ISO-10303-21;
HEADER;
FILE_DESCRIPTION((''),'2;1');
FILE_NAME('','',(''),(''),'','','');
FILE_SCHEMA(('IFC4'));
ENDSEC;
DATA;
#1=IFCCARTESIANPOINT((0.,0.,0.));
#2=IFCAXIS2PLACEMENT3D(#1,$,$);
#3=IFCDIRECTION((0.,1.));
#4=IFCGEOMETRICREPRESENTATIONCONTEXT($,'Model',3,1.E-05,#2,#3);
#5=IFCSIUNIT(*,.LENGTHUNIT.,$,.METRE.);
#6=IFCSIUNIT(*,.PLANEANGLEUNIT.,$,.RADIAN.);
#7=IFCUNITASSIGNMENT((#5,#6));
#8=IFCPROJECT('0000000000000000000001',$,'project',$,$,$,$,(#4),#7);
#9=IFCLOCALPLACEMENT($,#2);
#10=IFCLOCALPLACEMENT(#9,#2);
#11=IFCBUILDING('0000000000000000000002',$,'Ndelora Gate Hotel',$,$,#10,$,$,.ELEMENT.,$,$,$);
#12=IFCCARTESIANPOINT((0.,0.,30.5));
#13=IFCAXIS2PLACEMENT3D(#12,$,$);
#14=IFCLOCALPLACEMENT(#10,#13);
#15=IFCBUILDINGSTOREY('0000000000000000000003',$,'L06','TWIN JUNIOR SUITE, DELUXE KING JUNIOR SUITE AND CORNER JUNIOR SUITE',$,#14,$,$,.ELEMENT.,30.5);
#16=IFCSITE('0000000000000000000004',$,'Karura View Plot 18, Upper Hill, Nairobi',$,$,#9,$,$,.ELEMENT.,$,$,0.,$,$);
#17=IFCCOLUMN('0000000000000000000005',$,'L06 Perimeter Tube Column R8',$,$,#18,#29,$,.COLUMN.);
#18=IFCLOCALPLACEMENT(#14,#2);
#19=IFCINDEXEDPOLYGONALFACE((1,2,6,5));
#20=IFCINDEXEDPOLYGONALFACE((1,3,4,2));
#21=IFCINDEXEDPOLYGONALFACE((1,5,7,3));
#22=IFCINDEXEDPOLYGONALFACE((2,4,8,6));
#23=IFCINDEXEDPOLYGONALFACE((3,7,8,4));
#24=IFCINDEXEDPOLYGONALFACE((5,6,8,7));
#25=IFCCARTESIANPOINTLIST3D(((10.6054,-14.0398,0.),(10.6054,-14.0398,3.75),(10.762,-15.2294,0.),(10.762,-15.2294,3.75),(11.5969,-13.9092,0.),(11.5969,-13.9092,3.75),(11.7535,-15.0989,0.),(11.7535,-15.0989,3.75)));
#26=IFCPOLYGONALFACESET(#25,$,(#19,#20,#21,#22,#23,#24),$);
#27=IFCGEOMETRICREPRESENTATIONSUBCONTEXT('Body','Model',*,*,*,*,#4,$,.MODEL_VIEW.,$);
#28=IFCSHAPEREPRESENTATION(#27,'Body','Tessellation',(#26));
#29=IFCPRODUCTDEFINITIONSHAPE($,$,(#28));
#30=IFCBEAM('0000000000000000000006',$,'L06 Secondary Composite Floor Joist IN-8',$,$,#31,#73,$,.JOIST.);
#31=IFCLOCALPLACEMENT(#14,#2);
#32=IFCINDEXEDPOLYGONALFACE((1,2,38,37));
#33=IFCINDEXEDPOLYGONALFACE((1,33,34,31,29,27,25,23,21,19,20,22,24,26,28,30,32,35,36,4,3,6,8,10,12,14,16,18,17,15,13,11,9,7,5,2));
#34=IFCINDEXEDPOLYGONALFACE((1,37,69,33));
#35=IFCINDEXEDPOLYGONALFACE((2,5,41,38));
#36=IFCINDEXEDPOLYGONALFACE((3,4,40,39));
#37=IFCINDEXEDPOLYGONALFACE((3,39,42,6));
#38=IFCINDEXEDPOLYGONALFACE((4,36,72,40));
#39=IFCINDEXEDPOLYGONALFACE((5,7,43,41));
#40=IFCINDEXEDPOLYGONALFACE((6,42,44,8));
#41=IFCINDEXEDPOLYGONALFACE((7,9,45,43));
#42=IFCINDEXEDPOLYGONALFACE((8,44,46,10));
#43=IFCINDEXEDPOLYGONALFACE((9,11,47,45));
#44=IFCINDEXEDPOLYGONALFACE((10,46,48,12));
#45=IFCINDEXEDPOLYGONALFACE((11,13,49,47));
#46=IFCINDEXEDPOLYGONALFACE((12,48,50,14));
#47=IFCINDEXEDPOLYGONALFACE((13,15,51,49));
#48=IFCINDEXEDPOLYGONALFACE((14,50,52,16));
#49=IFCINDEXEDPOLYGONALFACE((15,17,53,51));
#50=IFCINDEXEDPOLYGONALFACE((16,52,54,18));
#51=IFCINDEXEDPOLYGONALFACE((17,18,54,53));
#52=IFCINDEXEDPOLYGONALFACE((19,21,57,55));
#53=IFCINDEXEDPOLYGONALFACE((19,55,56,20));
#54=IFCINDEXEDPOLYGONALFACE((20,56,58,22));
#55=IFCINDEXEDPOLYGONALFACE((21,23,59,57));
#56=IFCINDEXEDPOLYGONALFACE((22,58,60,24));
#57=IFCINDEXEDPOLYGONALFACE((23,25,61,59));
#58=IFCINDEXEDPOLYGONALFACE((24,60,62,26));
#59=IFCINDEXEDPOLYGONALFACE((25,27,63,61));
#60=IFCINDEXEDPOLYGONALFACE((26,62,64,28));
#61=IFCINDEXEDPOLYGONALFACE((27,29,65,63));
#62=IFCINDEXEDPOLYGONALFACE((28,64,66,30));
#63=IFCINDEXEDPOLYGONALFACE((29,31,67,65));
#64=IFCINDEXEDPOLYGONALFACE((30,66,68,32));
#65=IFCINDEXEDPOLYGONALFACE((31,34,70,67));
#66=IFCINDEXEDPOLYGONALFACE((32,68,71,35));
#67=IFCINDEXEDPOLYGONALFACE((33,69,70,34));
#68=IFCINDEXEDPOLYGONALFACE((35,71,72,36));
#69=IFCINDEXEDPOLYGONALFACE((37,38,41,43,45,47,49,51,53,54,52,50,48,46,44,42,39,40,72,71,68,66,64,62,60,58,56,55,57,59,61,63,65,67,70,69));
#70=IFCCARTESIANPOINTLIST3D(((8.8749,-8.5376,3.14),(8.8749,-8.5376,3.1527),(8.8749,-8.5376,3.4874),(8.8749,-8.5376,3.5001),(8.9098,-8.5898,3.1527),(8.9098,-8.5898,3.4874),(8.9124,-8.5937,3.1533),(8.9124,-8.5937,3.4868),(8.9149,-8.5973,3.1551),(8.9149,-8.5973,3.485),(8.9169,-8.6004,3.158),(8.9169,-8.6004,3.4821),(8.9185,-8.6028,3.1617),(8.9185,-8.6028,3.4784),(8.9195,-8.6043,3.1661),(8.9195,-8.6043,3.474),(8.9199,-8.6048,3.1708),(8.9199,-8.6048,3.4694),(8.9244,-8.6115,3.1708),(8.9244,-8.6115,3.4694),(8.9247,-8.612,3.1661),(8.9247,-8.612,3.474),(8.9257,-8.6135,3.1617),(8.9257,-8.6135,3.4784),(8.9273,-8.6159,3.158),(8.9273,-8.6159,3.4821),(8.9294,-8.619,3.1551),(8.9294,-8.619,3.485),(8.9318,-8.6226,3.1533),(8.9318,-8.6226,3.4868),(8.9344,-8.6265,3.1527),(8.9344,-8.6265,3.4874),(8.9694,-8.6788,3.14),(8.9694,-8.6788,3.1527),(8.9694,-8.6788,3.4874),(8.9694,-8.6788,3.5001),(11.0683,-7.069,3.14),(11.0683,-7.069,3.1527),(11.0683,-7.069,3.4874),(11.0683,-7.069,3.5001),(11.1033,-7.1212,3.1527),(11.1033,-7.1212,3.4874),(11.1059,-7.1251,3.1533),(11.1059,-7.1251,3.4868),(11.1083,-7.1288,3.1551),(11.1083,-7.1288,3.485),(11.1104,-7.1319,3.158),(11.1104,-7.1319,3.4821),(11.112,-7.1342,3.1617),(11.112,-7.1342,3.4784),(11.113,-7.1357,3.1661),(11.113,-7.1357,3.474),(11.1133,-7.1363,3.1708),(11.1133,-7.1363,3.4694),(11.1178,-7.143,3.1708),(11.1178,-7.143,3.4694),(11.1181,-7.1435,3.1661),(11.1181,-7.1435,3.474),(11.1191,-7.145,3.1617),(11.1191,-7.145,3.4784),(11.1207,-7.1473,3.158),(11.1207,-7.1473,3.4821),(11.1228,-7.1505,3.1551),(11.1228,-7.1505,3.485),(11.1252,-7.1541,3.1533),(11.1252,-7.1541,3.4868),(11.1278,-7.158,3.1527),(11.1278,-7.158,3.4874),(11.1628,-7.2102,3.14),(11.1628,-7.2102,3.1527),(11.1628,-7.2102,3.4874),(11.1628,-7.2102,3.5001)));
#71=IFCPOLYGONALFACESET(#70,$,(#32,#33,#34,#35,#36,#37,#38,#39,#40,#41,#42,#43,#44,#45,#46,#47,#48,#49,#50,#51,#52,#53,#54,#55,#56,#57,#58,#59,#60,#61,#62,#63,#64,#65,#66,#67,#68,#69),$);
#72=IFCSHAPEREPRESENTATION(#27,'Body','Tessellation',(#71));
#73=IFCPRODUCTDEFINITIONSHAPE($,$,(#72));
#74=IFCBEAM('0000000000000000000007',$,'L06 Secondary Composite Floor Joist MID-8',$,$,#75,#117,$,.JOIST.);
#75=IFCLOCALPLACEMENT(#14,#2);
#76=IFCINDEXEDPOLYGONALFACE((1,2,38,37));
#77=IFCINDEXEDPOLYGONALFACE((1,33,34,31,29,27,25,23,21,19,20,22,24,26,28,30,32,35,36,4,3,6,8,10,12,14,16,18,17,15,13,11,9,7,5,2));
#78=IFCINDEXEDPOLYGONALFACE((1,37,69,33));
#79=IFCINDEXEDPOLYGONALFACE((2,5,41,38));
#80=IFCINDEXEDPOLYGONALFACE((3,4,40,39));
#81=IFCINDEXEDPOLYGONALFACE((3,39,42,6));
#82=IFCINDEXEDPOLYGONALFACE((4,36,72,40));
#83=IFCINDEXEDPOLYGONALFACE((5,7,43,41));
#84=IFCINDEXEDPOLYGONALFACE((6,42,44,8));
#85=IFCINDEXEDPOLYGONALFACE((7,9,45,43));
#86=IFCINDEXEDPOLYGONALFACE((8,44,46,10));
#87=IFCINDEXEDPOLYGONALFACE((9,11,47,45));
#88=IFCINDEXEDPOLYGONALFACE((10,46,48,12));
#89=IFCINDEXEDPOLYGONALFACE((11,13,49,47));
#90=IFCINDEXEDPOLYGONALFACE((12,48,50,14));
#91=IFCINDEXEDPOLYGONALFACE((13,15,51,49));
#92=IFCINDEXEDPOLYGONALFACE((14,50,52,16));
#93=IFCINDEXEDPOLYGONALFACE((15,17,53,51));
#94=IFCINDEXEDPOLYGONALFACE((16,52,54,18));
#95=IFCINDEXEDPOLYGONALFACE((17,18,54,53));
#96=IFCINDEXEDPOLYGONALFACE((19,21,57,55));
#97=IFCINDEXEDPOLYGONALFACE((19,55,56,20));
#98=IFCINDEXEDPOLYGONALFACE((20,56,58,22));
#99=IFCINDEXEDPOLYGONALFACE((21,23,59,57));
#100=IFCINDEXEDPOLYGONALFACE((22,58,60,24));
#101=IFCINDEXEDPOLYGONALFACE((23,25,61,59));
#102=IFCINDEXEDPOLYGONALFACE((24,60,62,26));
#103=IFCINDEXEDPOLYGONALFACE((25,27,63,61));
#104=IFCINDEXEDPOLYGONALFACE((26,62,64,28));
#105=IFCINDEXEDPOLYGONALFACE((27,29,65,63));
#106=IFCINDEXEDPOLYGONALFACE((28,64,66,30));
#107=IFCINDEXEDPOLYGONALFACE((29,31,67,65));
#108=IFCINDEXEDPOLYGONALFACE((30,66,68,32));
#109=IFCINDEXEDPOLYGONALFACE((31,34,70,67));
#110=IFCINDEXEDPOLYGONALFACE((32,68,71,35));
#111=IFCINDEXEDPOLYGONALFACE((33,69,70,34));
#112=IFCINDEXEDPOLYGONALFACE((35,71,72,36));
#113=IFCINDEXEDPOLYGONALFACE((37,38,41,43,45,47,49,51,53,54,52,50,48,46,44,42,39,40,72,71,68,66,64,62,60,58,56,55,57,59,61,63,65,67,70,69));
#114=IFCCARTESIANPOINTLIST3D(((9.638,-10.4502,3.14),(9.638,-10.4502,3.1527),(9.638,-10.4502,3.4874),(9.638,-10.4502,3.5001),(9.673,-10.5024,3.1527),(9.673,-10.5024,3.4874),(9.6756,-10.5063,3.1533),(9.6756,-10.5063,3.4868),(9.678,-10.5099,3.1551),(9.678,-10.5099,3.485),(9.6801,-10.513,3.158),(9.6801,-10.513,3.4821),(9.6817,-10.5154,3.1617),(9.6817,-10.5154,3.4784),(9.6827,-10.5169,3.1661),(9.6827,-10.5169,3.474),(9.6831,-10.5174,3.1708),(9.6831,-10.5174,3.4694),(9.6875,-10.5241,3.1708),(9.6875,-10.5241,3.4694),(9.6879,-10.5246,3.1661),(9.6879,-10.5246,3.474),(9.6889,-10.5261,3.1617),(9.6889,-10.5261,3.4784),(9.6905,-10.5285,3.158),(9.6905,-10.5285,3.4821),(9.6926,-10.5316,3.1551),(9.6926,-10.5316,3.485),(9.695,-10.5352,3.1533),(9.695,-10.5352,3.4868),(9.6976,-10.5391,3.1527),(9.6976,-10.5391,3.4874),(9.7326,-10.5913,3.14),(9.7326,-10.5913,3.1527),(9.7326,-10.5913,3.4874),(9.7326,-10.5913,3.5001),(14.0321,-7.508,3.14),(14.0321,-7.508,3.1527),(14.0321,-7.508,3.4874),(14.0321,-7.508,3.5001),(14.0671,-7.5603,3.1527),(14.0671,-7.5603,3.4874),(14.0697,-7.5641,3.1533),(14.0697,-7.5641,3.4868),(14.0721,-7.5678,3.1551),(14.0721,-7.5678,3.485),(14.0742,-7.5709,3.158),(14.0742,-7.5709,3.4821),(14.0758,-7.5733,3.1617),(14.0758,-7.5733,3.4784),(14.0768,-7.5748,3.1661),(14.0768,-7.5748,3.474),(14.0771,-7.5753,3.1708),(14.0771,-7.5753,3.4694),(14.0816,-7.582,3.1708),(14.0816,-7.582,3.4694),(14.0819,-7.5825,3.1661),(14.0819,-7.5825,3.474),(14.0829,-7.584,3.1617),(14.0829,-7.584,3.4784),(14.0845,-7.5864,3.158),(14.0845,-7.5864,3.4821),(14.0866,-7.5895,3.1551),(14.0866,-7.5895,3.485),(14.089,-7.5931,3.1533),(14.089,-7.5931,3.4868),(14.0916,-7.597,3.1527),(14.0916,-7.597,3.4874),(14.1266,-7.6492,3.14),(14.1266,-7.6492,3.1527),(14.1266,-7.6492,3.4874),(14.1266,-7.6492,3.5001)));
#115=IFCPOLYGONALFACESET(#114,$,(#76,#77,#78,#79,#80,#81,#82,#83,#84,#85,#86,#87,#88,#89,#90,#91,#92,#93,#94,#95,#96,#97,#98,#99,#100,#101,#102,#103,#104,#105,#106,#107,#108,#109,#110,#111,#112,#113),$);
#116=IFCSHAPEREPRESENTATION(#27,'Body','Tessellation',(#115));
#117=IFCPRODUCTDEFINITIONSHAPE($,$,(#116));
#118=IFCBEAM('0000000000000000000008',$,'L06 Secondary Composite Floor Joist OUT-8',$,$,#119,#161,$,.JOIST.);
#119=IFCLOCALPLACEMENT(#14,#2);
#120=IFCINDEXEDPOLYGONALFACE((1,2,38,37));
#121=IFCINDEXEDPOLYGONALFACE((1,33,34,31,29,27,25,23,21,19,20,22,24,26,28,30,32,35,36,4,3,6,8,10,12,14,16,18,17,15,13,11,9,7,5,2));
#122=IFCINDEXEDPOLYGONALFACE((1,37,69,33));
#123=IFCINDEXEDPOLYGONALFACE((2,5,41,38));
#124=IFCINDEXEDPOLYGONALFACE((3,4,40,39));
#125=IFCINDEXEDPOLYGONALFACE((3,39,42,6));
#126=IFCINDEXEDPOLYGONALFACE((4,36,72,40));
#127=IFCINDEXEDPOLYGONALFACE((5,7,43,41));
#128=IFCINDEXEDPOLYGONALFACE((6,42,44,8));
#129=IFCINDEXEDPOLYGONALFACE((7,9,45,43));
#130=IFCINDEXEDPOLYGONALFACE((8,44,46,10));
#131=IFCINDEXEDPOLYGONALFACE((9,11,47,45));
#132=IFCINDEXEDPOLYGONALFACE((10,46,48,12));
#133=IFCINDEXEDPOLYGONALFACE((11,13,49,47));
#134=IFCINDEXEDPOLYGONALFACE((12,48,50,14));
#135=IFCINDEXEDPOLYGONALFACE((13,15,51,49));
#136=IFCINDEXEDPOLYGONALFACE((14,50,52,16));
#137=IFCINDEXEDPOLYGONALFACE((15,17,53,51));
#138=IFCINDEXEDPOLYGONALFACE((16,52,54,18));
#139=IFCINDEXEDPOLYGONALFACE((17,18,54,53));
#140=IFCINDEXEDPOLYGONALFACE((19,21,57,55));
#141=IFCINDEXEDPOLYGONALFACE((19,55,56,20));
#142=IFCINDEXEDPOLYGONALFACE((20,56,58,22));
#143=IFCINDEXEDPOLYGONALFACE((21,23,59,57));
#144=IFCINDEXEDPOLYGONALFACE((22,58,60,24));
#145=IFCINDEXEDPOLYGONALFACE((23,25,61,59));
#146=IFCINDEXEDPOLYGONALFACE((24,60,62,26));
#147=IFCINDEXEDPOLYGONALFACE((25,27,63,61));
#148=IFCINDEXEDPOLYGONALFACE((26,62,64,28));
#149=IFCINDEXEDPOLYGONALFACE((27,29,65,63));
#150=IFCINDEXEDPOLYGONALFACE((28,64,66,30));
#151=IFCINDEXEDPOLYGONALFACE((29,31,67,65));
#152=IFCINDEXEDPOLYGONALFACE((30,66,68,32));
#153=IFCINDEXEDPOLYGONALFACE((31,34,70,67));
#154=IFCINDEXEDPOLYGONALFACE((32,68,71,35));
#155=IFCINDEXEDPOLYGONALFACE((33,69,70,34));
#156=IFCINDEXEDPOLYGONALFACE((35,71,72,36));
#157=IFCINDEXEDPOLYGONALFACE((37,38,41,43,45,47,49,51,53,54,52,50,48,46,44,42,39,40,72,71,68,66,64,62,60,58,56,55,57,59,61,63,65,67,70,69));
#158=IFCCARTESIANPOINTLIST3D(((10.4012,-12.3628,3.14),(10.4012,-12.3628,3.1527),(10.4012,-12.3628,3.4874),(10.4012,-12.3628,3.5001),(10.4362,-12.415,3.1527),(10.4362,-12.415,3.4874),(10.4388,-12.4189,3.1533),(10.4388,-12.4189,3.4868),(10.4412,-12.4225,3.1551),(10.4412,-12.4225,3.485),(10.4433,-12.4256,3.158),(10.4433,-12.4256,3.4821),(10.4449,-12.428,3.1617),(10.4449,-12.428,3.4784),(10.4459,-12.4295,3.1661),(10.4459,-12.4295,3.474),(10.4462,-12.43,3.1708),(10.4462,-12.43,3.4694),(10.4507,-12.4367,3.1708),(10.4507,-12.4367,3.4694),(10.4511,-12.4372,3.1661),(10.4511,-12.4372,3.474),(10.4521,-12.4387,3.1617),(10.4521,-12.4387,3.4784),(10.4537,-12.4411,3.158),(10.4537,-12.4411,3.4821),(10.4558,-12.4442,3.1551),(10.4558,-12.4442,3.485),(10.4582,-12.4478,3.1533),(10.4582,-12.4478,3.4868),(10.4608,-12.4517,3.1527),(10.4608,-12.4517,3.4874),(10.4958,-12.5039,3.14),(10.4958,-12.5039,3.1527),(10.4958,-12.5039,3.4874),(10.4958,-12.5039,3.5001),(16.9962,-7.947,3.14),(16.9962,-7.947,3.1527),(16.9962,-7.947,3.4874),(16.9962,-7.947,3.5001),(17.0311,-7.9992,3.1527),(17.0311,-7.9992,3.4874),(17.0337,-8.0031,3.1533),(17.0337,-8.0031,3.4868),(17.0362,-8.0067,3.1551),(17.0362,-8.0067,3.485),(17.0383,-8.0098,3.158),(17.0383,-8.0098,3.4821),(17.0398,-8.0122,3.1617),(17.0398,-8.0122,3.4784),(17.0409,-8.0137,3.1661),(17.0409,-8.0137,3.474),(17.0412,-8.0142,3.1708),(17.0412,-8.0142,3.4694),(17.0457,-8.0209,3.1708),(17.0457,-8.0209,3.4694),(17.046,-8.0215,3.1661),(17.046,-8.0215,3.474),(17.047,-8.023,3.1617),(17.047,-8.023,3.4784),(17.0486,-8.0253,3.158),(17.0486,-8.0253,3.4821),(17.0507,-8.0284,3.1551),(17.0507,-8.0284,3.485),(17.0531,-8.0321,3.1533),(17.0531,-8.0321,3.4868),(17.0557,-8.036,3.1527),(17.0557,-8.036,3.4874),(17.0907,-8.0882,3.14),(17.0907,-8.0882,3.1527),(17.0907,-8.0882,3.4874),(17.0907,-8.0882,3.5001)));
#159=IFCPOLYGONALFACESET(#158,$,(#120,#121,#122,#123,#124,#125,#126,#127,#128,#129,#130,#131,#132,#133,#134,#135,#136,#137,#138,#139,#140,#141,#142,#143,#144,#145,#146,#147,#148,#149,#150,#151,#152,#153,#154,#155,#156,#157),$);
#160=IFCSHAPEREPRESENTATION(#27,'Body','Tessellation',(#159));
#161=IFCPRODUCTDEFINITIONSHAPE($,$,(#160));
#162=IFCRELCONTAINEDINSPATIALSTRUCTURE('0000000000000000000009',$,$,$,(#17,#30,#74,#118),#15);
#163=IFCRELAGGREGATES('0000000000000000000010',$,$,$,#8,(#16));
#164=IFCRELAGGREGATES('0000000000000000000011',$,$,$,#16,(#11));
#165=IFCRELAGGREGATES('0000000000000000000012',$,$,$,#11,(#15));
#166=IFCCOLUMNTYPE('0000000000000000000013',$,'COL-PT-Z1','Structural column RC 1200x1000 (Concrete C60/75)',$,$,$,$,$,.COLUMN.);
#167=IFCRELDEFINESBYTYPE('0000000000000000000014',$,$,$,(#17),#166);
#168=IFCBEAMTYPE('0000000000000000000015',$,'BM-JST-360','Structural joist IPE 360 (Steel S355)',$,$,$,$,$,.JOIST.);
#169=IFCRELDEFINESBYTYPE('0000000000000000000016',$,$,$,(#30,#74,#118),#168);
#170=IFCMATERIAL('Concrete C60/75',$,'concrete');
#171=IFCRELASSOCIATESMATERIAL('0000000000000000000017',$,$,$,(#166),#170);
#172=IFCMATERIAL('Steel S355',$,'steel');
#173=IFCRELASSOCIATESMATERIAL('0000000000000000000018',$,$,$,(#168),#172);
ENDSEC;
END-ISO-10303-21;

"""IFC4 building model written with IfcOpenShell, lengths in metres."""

from ifc_helpers import new_model, si_unit, direction, frame, origin, origin_2d, place, context, subcontext, project, spatial, rectangle, i_section, extrude, material, material_profile, profile_set, type_object, element, save


model = new_model("IFC4")

# Units and contexts
model_context = context("Model", 3, precision=1e-05, world=origin(), true_north=direction((0.0, 1.0)))
body_context = subcontext(model_context, "Body", "Model", "MODEL_VIEW")
ifc_project = project(units=[si_unit("LENGTHUNIT", "METRE"), si_unit("PLANEANGLEUNIT", "RADIAN")], contexts=[model_context])

# Site, building, storey
site_placement = place(None, origin())
site = spatial("IfcSite", under=ifc_project, at=site_placement, Name="Karura View Plot 18, Upper Hill, Nairobi", CompositionType="ELEMENT", RefElevation=0.0)
building_placement = place(site_placement, origin())
building = spatial("IfcBuilding", under=site, at=building_placement, Name="Ndelora Gate Hotel", CompositionType="ELEMENT")
storey_placement = place(building_placement, frame((0.0, 0.0, 30.5)))
storey = spatial("IfcBuildingStorey", under=building, at=storey_placement, Name="L06", Description="TWIN JUNIOR SUITE, DELUXE KING JUNIOR SUITE AND CORNER JUNIOR SUITE", CompositionType="ELEMENT", Elevation=30.5)

# Column
ifc_material_1 = material(Name="Concrete C60/75", Category="concrete")
ifc_material_profile_1 = material_profile(ifc_material_1, rectangle(XDim=1.0, YDim=1.2, at=origin_2d()), Name="RC 1200x1000")
ifc_profile_set_1 = profile_set([ifc_material_profile_1], Name="Concrete C60/75")
column_type = type_object("IfcColumnType", Name="COL-PT-Z1", Description="Structural column RC 1200x1000 (Concrete C60/75)", PredefinedType="COLUMN", material=ifc_profile_set_1)
column_placement = place(storey_placement, frame((11.1794, -14.5693, 0.0), z_axis=(0.0, 0.0, 1.0), x_axis=(0.991445, 0.130526, 0.0)))
element("IfcColumn", 1, at=column_placement, inside=storey, type_object=column_type, Name="L06 Perimeter Tube Column R8", PredefinedType="COLUMN", context=body_context, shape_type="SweptSolid", body=[
    extrude(rectangle(XDim=1.0, YDim=1.2, at=origin_2d()), origin(), (0.0, 0.0, 1.0), 3.75),
])

# Beams
ifc_material_2 = material(Name="Steel S355", Category="steel")
ifc_material_profile_2 = material_profile(ifc_material_2, i_section(OverallWidth=0.1699, OverallDepth=0.3601, WebThickness=0.0081, FlangeThickness=0.0127, FilletRadius=0.0181, at=origin_2d()), Name="IPE 360")
ifc_profile_set_2 = profile_set([ifc_material_profile_2], Name="Steel S355")
beam_type_1 = type_object("IfcBeamType", Name="BM-JST-360", Description="Structural joist IPE 360 (Steel S355)", PredefinedType="JOIST", material=ifc_profile_set_2)
beam_1_placement = place(storey_placement, frame((8.9221, -8.6082, 3.3201), z_axis=(0.830953, 0.556343, 0.0), x_axis=(-0.556343, 0.830953, 0.0)))
element("IfcBeam", 2, at=beam_1_placement, inside=storey, type_object=beam_type_1, Name="L06 Secondary Composite Floor Joist IN-8", PredefinedType="JOIST", context=body_context, shape_type="SweptSolid", body=[
    extrude(i_section(OverallWidth=0.1699, OverallDepth=0.3601, WebThickness=0.0081, FlangeThickness=0.0127, FilletRadius=0.0181, at=origin_2d()), origin(), (0.0, 0.0, 1.0), 2.6396),
])
beam_2_placement = place(storey_placement, frame((9.6853, -10.5208, 3.3201), z_axis=(0.830933, 0.556372, 0.0), x_axis=(-0.556372, 0.830933, 0.0)))
element("IfcBeam", 3, at=beam_2_placement, inside=storey, type_object=beam_type_1, Name="L06 Secondary Composite Floor Joist MID-8", PredefinedType="JOIST", context=body_context, shape_type="SweptSolid", body=[
    extrude(i_section(OverallWidth=0.1699, OverallDepth=0.3601, WebThickness=0.0081, FlangeThickness=0.0127, FilletRadius=0.0181, at=origin_2d()), origin(), (0.0, 0.0, 1.0), 5.2881),
])
beam_3_placement = place(storey_placement, frame((10.4485, -12.4333, 3.3201), z_axis=(0.830937, 0.556367, 0.0), x_axis=(-0.556367, 0.830937, 0.0)))
element("IfcBeam", 4, at=beam_3_placement, inside=storey, type_object=beam_type_1, Name="L06 Secondary Composite Floor Joist OUT-8", PredefinedType="JOIST", context=body_context, shape_type="SweptSolid", body=[
    extrude(i_section(OverallWidth=0.1699, OverallDepth=0.3601, WebThickness=0.0081, FlangeThickness=0.0127, FilletRadius=0.0181, at=origin_2d()), origin(), (0.0, 0.0, 1.0), 7.9368),
])

save(model, "model.ifc")
